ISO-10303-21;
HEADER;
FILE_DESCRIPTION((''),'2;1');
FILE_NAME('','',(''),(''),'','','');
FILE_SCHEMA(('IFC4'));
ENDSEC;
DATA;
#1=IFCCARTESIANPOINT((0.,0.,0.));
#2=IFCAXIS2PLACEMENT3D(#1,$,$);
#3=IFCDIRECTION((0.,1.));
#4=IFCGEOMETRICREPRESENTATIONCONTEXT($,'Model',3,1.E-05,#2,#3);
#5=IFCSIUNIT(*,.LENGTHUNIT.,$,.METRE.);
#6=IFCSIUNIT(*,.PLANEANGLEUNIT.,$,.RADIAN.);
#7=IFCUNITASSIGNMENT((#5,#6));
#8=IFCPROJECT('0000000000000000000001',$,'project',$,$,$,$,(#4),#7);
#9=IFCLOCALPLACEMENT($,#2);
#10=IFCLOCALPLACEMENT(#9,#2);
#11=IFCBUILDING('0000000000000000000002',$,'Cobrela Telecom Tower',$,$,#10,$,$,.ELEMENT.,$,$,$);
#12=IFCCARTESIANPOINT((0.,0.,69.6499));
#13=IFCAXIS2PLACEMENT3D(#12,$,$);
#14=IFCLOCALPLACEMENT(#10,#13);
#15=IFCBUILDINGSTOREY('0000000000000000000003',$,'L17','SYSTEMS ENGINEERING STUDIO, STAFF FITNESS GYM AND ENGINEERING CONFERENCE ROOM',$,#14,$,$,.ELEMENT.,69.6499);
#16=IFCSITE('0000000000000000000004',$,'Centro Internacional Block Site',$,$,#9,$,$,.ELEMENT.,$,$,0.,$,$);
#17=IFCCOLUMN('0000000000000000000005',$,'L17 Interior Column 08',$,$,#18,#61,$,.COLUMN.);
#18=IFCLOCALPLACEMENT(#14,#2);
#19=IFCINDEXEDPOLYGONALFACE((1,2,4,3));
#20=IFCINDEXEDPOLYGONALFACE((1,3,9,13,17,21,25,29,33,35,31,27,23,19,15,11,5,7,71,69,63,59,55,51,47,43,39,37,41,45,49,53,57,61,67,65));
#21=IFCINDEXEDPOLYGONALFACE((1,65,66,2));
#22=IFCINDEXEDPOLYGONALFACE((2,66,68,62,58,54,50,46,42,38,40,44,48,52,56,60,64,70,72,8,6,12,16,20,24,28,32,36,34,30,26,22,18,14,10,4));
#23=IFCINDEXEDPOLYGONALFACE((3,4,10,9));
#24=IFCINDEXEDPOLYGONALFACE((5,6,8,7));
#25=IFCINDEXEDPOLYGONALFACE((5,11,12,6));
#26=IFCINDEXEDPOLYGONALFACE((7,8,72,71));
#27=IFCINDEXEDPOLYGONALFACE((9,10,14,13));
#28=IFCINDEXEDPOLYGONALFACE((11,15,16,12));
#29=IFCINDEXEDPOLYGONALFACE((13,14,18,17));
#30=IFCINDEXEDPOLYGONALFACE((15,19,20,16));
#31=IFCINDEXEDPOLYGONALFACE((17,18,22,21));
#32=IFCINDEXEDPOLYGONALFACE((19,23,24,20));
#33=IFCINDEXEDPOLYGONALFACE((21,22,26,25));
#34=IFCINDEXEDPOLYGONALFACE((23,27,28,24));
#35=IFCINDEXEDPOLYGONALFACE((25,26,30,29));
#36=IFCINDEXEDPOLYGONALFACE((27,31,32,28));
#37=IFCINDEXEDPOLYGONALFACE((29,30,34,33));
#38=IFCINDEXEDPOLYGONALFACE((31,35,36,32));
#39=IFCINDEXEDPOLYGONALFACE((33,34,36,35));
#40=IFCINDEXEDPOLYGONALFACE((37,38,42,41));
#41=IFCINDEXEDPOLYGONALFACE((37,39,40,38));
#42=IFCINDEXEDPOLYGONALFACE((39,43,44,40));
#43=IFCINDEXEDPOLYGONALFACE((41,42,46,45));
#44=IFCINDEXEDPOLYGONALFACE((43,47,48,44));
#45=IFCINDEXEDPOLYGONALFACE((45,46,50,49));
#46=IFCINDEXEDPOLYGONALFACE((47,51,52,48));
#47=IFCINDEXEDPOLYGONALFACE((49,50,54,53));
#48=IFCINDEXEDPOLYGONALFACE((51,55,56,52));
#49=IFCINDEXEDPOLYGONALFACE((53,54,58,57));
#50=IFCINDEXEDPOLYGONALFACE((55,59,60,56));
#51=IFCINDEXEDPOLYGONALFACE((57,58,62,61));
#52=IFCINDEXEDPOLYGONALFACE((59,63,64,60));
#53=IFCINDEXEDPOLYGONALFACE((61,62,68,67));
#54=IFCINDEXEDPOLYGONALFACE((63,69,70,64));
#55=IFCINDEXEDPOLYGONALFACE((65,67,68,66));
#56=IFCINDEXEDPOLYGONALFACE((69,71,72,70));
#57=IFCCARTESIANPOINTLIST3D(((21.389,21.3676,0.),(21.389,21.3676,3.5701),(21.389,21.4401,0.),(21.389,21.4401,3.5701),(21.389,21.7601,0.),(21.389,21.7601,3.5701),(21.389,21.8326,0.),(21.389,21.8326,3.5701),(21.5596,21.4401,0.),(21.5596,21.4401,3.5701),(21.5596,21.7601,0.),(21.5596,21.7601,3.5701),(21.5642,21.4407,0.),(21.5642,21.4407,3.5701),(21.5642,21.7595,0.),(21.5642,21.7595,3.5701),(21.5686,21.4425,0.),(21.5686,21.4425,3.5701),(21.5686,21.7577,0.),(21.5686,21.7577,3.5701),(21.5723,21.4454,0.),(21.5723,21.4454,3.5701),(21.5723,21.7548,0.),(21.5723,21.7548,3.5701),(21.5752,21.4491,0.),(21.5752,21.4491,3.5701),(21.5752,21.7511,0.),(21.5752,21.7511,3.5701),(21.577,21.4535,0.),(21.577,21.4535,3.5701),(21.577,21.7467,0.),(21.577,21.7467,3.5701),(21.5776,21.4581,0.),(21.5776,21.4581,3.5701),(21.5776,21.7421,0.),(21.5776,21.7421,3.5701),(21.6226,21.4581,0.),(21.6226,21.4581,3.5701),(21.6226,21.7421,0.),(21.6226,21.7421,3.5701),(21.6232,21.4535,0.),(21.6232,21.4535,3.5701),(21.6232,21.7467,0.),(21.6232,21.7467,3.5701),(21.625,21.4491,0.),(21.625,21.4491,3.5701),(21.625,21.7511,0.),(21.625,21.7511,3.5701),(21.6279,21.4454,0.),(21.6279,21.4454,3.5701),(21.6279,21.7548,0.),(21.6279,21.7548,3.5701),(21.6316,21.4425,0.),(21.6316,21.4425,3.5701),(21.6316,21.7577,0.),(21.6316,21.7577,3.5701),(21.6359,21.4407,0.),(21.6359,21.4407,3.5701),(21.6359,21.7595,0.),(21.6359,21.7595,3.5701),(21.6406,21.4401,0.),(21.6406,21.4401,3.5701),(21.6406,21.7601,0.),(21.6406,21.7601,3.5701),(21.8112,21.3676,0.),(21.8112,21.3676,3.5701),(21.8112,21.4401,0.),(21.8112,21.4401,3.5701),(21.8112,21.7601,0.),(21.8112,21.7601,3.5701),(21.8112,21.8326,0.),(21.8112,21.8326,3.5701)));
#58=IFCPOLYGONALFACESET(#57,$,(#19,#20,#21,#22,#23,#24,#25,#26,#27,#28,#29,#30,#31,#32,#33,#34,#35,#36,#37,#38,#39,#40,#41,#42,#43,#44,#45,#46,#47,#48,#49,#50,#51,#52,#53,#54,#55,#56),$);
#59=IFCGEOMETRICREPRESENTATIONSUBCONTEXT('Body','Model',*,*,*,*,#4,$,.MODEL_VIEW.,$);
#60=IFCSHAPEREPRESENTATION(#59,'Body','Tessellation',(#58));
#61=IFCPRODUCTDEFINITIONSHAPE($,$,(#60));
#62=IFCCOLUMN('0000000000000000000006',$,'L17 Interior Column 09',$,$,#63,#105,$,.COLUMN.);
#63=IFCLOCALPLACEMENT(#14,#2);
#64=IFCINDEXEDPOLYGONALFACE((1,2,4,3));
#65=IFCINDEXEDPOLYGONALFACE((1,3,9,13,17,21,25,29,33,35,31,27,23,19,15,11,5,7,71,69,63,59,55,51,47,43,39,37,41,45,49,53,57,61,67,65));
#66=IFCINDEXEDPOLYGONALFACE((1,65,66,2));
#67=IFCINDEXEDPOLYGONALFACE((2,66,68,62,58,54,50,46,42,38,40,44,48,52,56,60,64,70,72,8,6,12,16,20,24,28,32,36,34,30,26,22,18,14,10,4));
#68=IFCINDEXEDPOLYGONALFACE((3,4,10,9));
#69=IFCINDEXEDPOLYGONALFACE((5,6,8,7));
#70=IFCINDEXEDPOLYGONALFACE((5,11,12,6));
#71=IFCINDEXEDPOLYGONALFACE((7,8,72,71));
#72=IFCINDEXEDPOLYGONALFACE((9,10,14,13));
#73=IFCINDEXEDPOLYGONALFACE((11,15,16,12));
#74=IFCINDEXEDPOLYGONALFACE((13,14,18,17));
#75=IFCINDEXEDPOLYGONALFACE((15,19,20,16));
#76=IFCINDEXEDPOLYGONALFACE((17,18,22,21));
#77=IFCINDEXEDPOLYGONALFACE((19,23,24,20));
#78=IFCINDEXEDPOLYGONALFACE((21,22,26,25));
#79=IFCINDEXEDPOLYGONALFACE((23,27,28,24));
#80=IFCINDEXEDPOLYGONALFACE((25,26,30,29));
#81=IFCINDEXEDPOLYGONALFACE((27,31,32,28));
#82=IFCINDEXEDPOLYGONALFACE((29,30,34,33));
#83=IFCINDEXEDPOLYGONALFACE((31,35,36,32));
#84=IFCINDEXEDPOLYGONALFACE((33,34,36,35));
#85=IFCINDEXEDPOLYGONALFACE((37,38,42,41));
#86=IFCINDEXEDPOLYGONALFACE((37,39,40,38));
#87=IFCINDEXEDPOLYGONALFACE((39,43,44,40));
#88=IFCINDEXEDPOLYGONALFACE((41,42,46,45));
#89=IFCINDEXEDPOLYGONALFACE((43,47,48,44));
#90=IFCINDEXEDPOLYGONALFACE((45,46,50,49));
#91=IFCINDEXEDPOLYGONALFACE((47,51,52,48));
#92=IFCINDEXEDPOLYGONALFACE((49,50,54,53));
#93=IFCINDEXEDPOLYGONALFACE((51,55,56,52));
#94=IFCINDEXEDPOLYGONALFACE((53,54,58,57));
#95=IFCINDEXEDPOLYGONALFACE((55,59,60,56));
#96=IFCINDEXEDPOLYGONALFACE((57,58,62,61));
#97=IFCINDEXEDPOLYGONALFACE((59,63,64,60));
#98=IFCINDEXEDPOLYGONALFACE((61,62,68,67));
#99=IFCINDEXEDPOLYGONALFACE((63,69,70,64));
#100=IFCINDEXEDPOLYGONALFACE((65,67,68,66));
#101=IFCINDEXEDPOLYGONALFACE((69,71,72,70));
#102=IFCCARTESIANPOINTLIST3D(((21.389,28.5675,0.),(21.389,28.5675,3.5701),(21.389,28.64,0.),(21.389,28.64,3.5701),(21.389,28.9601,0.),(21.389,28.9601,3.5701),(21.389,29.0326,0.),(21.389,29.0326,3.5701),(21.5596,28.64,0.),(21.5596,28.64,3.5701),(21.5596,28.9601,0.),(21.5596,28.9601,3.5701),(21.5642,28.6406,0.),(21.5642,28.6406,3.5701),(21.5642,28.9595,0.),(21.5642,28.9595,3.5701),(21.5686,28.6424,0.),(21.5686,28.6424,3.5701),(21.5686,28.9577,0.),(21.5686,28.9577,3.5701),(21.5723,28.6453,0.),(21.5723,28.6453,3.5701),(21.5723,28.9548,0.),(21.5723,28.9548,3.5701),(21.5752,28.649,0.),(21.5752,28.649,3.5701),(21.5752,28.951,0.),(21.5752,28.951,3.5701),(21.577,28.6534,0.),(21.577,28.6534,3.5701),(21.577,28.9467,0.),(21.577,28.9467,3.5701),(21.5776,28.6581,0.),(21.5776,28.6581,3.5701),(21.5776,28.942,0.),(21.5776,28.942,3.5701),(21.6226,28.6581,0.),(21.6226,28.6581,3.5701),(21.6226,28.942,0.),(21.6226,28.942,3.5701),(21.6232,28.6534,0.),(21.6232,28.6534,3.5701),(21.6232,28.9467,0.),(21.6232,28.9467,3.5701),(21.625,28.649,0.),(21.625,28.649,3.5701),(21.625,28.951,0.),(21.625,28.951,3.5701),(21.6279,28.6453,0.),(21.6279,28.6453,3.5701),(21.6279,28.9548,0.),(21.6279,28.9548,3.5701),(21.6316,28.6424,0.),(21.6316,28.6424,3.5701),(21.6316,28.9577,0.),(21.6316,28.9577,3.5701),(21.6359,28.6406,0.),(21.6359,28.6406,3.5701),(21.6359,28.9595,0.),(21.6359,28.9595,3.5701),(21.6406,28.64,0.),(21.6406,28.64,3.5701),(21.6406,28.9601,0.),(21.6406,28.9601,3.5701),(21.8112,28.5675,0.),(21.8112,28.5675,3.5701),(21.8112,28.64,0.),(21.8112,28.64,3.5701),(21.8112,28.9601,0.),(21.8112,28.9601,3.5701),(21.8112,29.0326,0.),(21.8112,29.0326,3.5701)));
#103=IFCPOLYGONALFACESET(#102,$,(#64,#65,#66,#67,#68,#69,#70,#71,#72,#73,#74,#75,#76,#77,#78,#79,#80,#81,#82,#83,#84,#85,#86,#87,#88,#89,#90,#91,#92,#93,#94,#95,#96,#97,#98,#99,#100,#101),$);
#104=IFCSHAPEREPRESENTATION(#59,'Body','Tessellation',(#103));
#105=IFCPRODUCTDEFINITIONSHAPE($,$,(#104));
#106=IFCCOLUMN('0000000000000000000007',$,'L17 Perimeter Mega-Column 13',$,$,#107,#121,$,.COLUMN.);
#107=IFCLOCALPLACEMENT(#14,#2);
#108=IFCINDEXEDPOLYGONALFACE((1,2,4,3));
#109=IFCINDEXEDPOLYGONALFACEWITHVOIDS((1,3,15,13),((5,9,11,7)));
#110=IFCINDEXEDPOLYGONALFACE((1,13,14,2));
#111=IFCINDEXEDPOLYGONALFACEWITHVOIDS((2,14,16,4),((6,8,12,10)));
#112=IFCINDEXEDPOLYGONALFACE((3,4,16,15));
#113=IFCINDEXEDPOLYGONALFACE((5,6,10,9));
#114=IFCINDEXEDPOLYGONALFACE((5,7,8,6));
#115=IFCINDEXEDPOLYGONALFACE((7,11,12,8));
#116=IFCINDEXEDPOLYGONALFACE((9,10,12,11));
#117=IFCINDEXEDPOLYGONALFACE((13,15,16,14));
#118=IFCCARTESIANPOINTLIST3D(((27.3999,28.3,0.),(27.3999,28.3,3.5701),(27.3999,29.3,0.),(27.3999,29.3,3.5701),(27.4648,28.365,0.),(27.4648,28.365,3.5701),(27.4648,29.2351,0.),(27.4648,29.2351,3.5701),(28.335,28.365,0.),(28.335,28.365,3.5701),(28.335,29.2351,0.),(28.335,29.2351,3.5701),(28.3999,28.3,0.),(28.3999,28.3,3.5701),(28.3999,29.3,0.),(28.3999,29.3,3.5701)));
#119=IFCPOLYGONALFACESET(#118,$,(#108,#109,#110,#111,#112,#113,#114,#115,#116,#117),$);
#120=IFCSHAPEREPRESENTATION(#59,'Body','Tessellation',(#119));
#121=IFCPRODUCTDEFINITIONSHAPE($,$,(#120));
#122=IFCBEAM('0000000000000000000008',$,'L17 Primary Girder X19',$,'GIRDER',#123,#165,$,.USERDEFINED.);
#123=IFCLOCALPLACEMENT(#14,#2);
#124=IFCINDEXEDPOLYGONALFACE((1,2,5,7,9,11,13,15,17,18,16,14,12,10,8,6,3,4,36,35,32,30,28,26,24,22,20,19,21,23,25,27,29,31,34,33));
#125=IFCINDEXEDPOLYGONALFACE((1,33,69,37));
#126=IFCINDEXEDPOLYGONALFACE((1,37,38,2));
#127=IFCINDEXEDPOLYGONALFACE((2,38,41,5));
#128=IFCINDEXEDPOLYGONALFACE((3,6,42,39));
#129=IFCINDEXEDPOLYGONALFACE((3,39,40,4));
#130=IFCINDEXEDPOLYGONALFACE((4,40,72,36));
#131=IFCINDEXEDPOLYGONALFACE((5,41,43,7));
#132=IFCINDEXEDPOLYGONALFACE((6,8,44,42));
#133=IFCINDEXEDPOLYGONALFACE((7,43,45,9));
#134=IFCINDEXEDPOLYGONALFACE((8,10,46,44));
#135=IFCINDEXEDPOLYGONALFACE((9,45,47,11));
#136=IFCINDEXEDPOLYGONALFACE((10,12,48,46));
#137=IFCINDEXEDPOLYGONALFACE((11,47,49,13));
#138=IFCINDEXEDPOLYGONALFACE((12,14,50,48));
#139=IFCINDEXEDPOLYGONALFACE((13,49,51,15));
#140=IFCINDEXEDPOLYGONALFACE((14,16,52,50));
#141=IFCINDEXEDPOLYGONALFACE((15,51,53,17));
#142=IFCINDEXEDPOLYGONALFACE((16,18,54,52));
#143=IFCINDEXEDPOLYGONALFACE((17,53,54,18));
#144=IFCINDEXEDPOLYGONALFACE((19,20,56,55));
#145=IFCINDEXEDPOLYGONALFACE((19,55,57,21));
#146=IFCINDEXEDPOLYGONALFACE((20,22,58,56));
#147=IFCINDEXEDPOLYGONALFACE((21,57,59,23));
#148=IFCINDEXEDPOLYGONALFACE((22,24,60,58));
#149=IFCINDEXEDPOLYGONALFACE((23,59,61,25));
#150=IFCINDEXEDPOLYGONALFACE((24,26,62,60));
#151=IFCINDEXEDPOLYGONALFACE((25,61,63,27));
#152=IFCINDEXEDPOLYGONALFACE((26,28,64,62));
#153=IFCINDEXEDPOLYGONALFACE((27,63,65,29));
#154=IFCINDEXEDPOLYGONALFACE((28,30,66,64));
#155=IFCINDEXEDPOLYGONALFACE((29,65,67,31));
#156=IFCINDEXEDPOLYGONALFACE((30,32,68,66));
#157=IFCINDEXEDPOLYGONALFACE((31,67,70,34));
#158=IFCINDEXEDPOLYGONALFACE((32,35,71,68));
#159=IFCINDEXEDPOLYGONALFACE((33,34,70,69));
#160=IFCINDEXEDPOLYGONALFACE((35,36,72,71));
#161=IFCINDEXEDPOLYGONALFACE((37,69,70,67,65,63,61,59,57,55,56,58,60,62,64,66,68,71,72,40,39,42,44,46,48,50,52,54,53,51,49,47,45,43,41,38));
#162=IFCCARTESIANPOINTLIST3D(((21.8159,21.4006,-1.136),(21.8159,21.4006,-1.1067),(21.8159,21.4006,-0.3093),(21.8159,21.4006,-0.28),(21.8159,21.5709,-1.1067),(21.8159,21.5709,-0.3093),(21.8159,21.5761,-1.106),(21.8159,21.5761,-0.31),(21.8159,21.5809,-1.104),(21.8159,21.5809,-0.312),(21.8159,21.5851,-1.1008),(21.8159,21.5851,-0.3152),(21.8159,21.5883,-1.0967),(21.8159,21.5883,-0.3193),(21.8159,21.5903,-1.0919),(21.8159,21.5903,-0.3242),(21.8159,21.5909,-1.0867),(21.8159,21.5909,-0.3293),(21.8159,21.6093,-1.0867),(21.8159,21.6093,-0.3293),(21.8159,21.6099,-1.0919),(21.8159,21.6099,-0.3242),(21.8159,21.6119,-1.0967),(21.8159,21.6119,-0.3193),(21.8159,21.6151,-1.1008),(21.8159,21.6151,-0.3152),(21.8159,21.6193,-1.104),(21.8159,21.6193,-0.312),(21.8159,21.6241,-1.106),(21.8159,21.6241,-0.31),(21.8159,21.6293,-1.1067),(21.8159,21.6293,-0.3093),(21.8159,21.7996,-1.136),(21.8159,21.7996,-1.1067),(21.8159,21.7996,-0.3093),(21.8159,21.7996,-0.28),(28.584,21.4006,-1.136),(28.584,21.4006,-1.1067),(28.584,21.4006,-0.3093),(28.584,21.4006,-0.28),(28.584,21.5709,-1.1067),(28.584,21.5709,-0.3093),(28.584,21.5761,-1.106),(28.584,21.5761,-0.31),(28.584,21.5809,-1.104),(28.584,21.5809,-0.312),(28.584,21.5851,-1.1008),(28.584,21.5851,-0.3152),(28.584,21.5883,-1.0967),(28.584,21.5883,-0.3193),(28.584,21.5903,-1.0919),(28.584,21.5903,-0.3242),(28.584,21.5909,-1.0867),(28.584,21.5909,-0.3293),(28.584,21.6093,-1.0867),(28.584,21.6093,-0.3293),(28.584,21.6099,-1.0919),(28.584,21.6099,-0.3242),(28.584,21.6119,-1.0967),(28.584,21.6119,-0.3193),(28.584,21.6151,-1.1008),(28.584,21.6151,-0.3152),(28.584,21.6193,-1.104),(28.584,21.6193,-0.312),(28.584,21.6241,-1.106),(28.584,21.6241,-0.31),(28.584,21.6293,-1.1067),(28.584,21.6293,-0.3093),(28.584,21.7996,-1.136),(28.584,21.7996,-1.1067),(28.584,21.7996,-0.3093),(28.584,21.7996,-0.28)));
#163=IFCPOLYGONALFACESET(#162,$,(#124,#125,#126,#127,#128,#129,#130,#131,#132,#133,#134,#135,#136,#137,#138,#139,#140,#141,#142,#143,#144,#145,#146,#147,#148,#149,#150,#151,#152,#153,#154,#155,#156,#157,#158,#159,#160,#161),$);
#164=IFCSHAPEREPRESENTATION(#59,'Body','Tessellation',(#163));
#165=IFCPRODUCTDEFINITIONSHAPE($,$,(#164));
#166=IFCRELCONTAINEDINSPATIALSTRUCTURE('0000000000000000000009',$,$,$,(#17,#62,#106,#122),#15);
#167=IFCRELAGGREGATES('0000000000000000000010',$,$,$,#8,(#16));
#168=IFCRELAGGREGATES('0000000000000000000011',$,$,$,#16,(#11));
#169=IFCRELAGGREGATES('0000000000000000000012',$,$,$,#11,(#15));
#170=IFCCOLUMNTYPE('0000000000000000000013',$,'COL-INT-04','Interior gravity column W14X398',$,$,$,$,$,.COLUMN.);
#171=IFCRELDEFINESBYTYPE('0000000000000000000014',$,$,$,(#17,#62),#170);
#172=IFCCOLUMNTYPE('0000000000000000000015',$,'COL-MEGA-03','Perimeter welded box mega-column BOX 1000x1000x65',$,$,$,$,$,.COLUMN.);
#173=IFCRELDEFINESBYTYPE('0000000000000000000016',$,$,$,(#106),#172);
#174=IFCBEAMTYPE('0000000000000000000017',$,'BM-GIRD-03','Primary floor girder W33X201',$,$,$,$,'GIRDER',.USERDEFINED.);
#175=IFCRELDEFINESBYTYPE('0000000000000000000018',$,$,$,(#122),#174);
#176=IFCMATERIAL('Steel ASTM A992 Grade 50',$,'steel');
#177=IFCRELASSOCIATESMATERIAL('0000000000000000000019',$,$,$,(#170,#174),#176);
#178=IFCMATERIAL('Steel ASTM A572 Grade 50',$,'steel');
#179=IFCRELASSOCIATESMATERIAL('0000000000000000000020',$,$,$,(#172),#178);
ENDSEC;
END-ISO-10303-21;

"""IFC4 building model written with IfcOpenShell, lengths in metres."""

from ifc_helpers import new_model, si_unit, direction, frame, origin, origin_2d, place, context, subcontext, project, spatial, hollow_rectangle, i_section, extrude, material, material_profile, profile_set, type_object, element, save


model = new_model("IFC4")

# Units and contexts
model_context = context("Model", 3, precision=1e-05, world=origin(), true_north=direction((0.0, 1.0)))
body_context = subcontext(model_context, "Body", "Model", "MODEL_VIEW")
ifc_project = project(units=[si_unit("LENGTHUNIT", "METRE"), si_unit("PLANEANGLEUNIT", "RADIAN")], contexts=[model_context])

# Site, building, storey
site_placement = place(None, origin())
site = spatial("IfcSite", under=ifc_project, at=site_placement, Name="Centro Internacional Block Site", CompositionType="ELEMENT", RefElevation=0.0)
building_placement = place(site_placement, origin())
building = spatial("IfcBuilding", under=site, at=building_placement, Name="Cobrela Telecom Tower", CompositionType="ELEMENT")
storey_placement = place(building_placement, frame((0.0, 0.0, 69.6499)))
storey = spatial("IfcBuildingStorey", under=building, at=storey_placement, Name="L17", Description="SYSTEMS ENGINEERING STUDIO, STAFF FITNESS GYM AND ENGINEERING CONFERENCE ROOM", CompositionType="ELEMENT", Elevation=69.6499)

# Columns
ifc_material_1 = material(Name="Steel ASTM A992 Grade 50", Category="steel")
ifc_material_profile_1 = material_profile(ifc_material_1, i_section(OverallWidth=0.4221, OverallDepth=0.4651, WebThickness=0.0449, FlangeThickness=0.0725, FilletRadius=0.0181, at=origin_2d()), Name="W14X398")
ifc_profile_set_1 = profile_set([ifc_material_profile_1], Name="Steel ASTM A992 Grade 50")
column_type_1 = type_object("IfcColumnType", Name="COL-INT-04", Description="Interior gravity column W14X398", PredefinedType="COLUMN", material=ifc_profile_set_1)
for number, where, z_axis, x_axis, name in (
    (1, (21.6001, 21.6001, 0.0), (0.0, 0.0, 1.0), (1.0, 0.0, 0.0), "L17 Interior Column 08"),
    (2, (21.6001, 28.8, 0.0), (0.0, 0.0, 1.0), (1.0, 0.0, 0.0), "L17 Interior Column 09"),
):
    element("IfcColumn", number, at=place(storey_placement, frame(where, z_axis=z_axis, x_axis=x_axis)), inside=storey, type_object=column_type_1, Name=name, PredefinedType="COLUMN", context=body_context, shape_type="SweptSolid", body=[
        extrude(i_section(OverallWidth=0.4221, OverallDepth=0.4651, WebThickness=0.0449, FlangeThickness=0.0725, FilletRadius=0.0181, at=origin_2d()), origin(), (0.0, 0.0, 1.0), 3.5701),
    ])
ifc_material_2 = material(Name="Steel ASTM A572 Grade 50", Category="steel")
ifc_material_profile_2 = material_profile(ifc_material_2, hollow_rectangle(XDim=1.0, YDim=1.0, WallThickness=0.0649, at=origin_2d()), Name="BOX 1000x1000x65")
ifc_profile_set_2 = profile_set([ifc_material_profile_2], Name="Steel ASTM A572 Grade 50")
column_type_2 = type_object("IfcColumnType", Name="COL-MEGA-03", Description="Perimeter welded box mega-column BOX 1000x1000x65", PredefinedType="COLUMN", material=ifc_profile_set_2)
column_placement = place(storey_placement, frame((27.8999, 28.8, 0.0), z_axis=(0.0, 0.0, 1.0), x_axis=(1.0, 0.0, 0.0)))
element("IfcColumn", 3, at=column_placement, inside=storey, type_object=column_type_2, Name="L17 Perimeter Mega-Column 13", PredefinedType="COLUMN", context=body_context, shape_type="SweptSolid", body=[
    extrude(hollow_rectangle(XDim=1.0, YDim=1.0, WallThickness=0.0649, at=origin_2d()), origin(), (0.0, 0.0, 1.0), 3.5701),
])

# Beam
ifc_material_profile_3 = material_profile(ifc_material_1, i_section(OverallWidth=0.3989, OverallDepth=0.856, WebThickness=0.0183, FlangeThickness=0.0293, FilletRadius=0.02, at=origin_2d()), Name="W33X201")
ifc_profile_set_3 = profile_set([ifc_material_profile_3], Name="Steel ASTM A992 Grade 50")
beam_type_1 = type_object("IfcBeamType", Name="BM-GIRD-03", Description="Primary floor girder W33X201", ElementType="GIRDER", PredefinedType="USERDEFINED", material=ifc_profile_set_3)
beam_1_placement = place(storey_placement, frame((21.8159, 21.6001, -0.708), z_axis=(1.0, 0.0, 0.0), x_axis=(0.0, 1.0, 0.0)))
element("IfcBeam", 4, at=beam_1_placement, inside=storey, type_object=beam_type_1, Name="L17 Primary Girder X19", ObjectType="GIRDER", PredefinedType="USERDEFINED", context=body_context, shape_type="SweptSolid", body=[
    extrude(i_section(OverallWidth=0.3989, OverallDepth=0.856, WebThickness=0.0183, FlangeThickness=0.0293, FilletRadius=0.02, at=origin_2d()), origin(), (0.0, 0.0, 1.0), 6.7681),
])

save(model, "model.ifc")
